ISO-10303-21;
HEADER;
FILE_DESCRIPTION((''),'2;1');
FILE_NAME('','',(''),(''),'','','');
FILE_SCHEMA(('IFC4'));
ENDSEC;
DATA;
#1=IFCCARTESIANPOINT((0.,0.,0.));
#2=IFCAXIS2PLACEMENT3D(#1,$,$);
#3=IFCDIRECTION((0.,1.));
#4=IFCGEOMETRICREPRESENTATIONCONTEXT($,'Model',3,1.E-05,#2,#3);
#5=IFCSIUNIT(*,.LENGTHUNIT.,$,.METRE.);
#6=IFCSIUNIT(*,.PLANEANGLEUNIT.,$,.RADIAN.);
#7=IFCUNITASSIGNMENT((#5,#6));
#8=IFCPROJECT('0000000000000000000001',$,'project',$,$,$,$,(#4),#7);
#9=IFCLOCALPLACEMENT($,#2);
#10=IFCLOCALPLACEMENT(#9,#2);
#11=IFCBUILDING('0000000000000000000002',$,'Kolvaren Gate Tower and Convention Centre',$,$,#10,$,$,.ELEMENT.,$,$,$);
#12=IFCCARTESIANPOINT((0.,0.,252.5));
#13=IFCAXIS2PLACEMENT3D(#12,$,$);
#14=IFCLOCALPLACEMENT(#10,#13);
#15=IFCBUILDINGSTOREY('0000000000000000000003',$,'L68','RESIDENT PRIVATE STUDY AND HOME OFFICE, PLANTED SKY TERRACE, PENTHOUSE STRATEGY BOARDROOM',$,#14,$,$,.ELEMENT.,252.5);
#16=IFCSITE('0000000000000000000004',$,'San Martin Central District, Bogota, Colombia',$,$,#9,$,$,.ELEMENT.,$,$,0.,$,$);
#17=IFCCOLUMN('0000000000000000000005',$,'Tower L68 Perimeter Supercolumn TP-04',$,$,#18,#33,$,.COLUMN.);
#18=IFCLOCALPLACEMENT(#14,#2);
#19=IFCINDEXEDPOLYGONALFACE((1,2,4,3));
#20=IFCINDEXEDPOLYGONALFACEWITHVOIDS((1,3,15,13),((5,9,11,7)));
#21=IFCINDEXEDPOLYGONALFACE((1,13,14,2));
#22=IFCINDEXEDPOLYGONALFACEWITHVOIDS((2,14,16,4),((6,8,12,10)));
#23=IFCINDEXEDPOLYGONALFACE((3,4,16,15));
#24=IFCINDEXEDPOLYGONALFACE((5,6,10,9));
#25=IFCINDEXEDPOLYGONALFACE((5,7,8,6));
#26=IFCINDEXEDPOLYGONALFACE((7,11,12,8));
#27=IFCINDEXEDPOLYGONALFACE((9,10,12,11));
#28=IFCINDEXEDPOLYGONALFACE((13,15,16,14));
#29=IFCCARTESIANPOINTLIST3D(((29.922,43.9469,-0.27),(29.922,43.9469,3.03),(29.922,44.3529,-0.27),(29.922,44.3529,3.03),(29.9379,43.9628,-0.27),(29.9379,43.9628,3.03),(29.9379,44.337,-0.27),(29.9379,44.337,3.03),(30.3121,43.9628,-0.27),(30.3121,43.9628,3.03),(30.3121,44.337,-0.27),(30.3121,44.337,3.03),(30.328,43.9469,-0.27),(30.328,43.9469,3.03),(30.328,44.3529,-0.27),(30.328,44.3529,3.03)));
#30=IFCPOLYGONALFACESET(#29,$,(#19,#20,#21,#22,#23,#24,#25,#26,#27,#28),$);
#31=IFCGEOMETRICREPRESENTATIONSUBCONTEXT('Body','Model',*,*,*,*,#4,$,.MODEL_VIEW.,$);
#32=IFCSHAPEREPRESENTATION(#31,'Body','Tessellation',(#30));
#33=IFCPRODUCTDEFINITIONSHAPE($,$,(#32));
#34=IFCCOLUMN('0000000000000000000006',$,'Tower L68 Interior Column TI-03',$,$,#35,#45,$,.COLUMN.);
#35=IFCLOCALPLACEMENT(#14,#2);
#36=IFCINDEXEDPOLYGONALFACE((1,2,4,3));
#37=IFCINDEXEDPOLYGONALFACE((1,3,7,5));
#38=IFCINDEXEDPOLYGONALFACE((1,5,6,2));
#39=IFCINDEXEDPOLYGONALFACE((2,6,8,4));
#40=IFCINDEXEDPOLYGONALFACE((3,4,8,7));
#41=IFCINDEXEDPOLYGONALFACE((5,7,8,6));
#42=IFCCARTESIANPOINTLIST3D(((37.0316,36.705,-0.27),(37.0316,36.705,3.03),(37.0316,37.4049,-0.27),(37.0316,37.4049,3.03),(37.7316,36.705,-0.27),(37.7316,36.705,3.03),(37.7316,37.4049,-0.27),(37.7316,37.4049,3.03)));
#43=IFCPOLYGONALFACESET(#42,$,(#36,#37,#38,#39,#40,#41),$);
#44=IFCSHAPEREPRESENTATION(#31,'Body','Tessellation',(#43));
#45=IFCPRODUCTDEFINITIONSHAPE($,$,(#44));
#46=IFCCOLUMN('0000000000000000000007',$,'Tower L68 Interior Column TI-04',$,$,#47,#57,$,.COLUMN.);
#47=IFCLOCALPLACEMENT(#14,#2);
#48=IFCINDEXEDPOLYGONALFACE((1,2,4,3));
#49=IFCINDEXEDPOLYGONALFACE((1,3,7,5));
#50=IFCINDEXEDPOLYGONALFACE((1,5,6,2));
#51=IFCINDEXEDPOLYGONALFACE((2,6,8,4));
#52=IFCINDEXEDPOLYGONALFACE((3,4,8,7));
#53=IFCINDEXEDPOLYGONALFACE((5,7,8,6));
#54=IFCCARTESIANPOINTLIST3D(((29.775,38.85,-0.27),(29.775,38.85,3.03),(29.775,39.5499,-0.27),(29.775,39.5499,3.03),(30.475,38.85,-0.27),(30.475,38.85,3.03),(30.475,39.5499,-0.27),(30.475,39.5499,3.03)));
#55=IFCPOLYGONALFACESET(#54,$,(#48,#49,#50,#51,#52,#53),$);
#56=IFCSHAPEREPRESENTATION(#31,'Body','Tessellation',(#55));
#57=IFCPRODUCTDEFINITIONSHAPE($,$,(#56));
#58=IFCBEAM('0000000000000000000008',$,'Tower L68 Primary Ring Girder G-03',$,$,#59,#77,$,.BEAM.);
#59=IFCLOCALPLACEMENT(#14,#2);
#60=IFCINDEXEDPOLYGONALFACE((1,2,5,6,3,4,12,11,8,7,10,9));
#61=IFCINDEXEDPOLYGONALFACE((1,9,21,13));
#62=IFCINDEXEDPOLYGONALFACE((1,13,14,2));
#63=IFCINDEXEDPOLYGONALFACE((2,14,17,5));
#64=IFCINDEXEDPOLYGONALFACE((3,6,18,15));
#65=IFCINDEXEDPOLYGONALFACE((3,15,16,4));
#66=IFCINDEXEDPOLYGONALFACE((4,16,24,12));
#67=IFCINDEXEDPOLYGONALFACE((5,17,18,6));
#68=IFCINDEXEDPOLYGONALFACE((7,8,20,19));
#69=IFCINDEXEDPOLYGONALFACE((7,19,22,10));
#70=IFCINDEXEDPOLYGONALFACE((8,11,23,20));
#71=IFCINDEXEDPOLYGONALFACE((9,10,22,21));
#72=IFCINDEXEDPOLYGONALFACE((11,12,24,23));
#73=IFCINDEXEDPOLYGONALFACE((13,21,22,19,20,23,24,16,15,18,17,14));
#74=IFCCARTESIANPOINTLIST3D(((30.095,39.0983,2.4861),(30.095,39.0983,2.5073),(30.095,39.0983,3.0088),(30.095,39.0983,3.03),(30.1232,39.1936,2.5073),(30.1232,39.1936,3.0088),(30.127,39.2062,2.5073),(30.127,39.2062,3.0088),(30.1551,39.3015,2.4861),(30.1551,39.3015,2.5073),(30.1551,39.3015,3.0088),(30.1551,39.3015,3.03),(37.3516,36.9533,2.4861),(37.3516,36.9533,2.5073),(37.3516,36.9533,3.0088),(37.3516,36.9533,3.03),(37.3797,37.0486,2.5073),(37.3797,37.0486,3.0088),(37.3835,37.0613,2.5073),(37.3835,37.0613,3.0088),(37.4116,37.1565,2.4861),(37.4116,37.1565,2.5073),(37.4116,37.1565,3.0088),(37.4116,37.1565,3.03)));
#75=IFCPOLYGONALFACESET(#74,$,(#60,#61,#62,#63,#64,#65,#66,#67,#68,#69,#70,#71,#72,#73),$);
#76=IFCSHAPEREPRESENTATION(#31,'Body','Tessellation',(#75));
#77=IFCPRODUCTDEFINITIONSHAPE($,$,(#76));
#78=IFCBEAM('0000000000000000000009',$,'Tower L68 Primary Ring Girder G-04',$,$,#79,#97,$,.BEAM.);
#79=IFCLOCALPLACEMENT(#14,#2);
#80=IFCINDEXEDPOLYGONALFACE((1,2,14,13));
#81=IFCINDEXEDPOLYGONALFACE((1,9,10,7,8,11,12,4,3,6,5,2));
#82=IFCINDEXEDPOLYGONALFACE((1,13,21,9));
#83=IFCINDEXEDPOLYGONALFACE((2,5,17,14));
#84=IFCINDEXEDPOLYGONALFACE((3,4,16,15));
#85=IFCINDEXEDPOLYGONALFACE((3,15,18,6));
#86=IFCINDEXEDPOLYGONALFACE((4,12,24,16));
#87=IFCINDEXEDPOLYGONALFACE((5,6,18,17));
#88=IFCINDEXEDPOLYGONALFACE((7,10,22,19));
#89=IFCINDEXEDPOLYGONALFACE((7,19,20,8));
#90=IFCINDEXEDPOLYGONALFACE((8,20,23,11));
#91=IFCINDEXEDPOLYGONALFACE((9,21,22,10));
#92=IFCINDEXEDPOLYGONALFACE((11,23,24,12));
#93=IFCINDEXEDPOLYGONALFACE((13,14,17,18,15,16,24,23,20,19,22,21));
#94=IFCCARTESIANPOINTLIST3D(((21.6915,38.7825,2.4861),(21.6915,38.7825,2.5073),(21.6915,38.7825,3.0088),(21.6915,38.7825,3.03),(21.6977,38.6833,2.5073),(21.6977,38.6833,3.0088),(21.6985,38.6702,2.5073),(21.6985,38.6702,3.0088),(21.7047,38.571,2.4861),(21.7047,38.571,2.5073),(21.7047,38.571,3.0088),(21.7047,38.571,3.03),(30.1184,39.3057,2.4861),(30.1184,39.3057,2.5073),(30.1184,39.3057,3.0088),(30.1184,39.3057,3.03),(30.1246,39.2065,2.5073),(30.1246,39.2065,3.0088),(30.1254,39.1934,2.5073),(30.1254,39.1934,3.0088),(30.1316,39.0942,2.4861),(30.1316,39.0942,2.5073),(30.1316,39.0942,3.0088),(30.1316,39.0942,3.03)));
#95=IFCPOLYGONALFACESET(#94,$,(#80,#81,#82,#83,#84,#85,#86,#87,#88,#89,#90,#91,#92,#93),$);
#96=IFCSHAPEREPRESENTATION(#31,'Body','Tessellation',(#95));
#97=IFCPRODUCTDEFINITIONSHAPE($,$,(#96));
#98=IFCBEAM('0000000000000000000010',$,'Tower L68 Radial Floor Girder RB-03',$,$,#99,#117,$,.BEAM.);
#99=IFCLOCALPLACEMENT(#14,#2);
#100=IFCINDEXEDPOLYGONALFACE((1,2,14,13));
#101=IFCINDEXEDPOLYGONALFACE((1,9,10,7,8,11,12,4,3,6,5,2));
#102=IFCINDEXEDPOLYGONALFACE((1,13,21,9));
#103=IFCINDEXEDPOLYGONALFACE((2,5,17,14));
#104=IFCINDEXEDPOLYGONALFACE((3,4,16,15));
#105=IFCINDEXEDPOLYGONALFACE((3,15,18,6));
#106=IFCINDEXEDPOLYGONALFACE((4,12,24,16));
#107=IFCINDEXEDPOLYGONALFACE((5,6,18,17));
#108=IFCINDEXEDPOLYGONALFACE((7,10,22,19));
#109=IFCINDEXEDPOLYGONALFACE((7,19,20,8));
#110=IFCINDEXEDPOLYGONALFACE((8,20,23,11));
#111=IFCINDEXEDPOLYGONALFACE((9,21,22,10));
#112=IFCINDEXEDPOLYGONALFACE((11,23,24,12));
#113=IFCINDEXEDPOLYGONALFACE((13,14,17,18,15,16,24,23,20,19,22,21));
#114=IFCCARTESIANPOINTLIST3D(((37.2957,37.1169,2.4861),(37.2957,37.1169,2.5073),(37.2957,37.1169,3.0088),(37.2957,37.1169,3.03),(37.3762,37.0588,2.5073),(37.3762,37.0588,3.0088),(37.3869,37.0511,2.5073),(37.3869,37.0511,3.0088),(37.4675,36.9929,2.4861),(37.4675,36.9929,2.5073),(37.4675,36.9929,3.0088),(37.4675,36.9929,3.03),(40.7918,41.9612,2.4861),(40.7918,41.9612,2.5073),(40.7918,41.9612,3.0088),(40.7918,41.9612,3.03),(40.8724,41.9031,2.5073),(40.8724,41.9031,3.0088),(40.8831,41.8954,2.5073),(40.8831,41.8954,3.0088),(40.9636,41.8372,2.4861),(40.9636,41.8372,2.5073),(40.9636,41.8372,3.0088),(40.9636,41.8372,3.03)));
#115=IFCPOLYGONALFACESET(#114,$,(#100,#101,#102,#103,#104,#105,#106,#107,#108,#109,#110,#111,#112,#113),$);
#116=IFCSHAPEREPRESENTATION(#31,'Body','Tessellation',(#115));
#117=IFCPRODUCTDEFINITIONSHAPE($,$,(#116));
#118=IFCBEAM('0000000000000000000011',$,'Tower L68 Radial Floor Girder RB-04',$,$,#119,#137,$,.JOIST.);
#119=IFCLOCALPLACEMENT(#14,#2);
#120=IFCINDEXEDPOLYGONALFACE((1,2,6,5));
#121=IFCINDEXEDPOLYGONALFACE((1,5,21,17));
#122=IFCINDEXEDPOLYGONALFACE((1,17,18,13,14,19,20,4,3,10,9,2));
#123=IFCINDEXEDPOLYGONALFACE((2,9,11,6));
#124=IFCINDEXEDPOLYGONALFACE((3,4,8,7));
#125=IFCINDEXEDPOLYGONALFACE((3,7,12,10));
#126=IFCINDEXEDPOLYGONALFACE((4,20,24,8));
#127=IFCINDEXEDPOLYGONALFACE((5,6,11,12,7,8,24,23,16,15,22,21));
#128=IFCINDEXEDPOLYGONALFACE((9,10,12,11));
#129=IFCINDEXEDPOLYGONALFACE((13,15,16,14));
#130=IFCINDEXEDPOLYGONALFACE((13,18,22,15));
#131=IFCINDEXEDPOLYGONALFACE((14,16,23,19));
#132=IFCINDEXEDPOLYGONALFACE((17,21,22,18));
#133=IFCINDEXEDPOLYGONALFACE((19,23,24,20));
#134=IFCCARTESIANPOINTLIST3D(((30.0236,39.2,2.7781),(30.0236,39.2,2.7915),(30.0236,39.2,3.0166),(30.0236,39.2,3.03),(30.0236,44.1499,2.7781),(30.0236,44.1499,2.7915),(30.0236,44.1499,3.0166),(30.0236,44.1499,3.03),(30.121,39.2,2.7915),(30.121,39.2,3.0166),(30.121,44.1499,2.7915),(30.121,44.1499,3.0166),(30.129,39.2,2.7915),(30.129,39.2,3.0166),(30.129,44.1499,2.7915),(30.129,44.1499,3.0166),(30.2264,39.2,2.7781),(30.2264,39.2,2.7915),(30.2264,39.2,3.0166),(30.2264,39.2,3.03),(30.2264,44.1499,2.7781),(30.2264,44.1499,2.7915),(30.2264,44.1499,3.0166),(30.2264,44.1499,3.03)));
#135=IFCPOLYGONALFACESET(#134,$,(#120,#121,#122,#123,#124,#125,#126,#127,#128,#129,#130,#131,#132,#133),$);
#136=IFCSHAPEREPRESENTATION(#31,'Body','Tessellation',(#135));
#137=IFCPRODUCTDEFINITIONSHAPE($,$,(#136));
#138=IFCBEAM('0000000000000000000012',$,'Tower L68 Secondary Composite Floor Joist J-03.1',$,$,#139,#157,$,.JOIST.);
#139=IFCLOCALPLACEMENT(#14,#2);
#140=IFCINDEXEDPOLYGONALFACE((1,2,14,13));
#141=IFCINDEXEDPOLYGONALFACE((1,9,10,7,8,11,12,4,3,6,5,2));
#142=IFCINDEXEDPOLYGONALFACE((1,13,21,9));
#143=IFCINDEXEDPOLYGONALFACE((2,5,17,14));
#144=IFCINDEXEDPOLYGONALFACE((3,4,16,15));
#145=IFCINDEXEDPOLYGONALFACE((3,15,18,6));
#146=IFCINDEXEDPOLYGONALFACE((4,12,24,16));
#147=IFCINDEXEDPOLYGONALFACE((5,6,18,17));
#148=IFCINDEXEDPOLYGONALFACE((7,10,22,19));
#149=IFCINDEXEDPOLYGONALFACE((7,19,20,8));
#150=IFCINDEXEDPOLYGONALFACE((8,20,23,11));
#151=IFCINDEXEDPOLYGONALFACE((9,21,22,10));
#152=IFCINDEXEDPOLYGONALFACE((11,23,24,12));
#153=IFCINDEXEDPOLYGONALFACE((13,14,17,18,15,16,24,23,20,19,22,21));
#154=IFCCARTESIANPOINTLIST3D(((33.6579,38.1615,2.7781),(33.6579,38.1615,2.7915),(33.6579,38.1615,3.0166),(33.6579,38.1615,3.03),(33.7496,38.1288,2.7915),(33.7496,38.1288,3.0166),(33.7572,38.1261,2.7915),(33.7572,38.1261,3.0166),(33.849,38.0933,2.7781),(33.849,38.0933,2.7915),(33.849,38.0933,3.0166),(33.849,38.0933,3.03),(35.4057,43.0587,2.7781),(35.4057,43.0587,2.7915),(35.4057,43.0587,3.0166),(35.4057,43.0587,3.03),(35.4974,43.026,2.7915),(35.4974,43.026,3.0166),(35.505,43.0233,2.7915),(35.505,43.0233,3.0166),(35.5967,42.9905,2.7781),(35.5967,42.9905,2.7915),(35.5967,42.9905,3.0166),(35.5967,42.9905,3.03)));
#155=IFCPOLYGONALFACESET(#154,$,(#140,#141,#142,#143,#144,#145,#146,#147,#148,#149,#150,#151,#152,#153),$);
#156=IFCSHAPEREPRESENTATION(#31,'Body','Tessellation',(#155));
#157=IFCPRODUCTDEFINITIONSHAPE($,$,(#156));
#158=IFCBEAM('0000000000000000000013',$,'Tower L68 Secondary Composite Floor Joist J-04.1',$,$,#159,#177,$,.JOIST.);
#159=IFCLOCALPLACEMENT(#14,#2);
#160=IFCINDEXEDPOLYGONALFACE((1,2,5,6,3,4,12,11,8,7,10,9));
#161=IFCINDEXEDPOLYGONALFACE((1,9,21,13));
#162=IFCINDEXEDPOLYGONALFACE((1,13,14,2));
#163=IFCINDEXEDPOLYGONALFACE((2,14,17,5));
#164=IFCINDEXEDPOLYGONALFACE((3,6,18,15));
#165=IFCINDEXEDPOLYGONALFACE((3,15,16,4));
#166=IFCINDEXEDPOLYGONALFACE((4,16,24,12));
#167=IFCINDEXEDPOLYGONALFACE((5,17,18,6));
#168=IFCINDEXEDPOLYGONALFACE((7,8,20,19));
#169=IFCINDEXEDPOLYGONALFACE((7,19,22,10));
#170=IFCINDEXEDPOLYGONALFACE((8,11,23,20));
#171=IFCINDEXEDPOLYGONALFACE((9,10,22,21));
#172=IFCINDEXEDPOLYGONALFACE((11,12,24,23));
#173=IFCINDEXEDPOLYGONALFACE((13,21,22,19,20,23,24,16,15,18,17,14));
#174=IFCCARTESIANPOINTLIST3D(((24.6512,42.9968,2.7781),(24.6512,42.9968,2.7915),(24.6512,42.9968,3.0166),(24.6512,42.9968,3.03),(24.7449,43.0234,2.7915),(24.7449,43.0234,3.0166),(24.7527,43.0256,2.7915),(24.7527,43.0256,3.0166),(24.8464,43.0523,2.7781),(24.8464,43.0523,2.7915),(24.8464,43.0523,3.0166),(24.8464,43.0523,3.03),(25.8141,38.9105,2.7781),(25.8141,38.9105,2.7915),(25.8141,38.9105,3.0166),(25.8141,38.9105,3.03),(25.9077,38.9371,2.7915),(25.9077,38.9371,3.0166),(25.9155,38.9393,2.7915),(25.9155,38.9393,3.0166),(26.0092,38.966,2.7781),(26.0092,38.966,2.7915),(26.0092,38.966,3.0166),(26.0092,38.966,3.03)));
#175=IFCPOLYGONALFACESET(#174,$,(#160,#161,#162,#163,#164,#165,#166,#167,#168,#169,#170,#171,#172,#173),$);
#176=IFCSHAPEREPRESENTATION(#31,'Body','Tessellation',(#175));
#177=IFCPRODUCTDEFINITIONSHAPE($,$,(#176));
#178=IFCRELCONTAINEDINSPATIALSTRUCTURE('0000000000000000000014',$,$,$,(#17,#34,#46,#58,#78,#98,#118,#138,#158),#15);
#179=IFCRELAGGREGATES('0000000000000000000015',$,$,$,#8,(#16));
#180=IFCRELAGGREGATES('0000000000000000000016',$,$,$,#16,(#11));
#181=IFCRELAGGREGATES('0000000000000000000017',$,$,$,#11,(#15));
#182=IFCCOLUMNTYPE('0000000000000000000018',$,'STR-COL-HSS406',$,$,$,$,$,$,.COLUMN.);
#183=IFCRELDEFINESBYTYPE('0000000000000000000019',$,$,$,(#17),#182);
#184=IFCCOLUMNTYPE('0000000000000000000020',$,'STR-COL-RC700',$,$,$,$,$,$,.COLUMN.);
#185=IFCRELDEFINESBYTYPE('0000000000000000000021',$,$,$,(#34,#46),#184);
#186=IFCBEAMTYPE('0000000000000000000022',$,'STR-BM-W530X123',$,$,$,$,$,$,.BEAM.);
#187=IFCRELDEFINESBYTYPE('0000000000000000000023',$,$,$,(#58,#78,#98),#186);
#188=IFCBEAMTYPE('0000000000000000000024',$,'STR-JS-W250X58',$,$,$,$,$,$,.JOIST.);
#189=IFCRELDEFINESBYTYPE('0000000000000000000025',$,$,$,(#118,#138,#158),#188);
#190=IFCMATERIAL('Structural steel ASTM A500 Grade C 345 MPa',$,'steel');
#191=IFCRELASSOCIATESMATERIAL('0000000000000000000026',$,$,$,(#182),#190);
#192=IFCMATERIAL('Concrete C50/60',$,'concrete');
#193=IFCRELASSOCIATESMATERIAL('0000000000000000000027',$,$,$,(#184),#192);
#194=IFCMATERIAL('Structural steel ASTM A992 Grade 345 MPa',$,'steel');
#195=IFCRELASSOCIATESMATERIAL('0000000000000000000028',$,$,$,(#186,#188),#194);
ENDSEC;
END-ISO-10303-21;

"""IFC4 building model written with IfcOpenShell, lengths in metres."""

from ifc_helpers import new_model, si_unit, direction, frame, origin, origin_2d, place, context, subcontext, project, spatial, rectangle, hollow_rectangle, i_section, extrude, material, material_profile, profile_set, type_object, element, save


model = new_model("IFC4")

# Units and contexts
model_context = context("Model", 3, precision=1e-05, world=origin(), true_north=direction((0.0, 1.0)))
body_context = subcontext(model_context, "Body", "Model", "MODEL_VIEW")
ifc_project = project(units=[si_unit("LENGTHUNIT", "METRE"), si_unit("PLANEANGLEUNIT", "RADIAN")], contexts=[model_context])

# Site, building, storey
site_placement = place(None, origin())
site = spatial("IfcSite", under=ifc_project, at=site_placement, Name="San Martin Central District, Bogota, Colombia", CompositionType="ELEMENT", RefElevation=0.0)
building_placement = place(site_placement, origin())
building = spatial("IfcBuilding", under=site, at=building_placement, Name="Kolvaren Gate Tower and Convention Centre", CompositionType="ELEMENT")
storey_placement = place(building_placement, frame((0.0, 0.0, 252.5)))
storey = spatial("IfcBuildingStorey", under=building, at=storey_placement, Name="L68", Description="RESIDENT PRIVATE STUDY AND HOME OFFICE, PLANTED SKY TERRACE, PENTHOUSE STRATEGY BOARDROOM", CompositionType="ELEMENT", Elevation=252.5)

# Columns
ifc_material_1 = material(Name="Structural steel ASTM A500 Grade C 345 MPa", Category="steel")
ifc_material_profile_1 = material_profile(ifc_material_1, hollow_rectangle(XDim=0.406, YDim=0.406, WallThickness=0.0159, at=origin_2d()), Name="HSS406X406X15.9")
ifc_profile_set_1 = profile_set([ifc_material_profile_1], Name="Structural steel ASTM A500 Grade C 345 MPa")
column_type_1 = type_object("IfcColumnType", Name="STR-COL-HSS406", PredefinedType="COLUMN", material=ifc_profile_set_1)
column_placement = place(storey_placement, frame((30.125, 44.1499, -0.27), z_axis=(0.0, 0.0, 1.0), x_axis=(1.0, 0.0, 0.0)))
element("IfcColumn", 1, at=column_placement, inside=storey, type_object=column_type_1, Name="Tower L68 Perimeter Supercolumn TP-04", PredefinedType="COLUMN", context=body_context, shape_type="SweptSolid", body=[
    extrude(hollow_rectangle(XDim=0.406, YDim=0.406, WallThickness=0.0159, at=origin_2d()), origin(), (0.0, 0.0, 1.0), 3.3),
])
ifc_material_2 = material(Name="Concrete C50/60", Category="concrete")
ifc_material_profile_2 = material_profile(ifc_material_2, rectangle(XDim=0.7, YDim=0.7, at=origin_2d()), Name="RC-COL-700X700")
ifc_profile_set_2 = profile_set([ifc_material_profile_2], Name="Concrete C50/60")
column_type_2 = type_object("IfcColumnType", Name="STR-COL-RC700", PredefinedType="COLUMN", material=ifc_profile_set_2)
for number, where, z_axis, x_axis, name in (
    (2, (37.3816, 37.0549, -0.27), (0.0, 0.0, 1.0), (1.0, 0.0, 0.0), "Tower L68 Interior Column TI-03"),
    (3, (30.125, 39.2, -0.27), (0.0, 0.0, 1.0), (1.0, 0.0, 0.0), "Tower L68 Interior Column TI-04"),
):
    element("IfcColumn", number, at=place(storey_placement, frame(where, z_axis=z_axis, x_axis=x_axis)), inside=storey, type_object=column_type_2, Name=name, PredefinedType="COLUMN", context=body_context, shape_type="SweptSolid", body=[
        extrude(rectangle(XDim=0.7, YDim=0.7, at=origin_2d()), origin(), (0.0, 0.0, 1.0), 3.3),
    ])

# Beams
ifc_material_3 = material(Name="Structural steel ASTM A992 Grade 345 MPa", Category="steel")
ifc_material_profile_3 = material_profile(ifc_material_3, i_section(OverallWidth=0.2119, OverallDepth=0.5439, WebThickness=0.0132, FlangeThickness=0.0212, at=origin_2d()), Name="W530X123")
ifc_profile_set_3 = profile_set([ifc_material_profile_3], Name="Structural steel ASTM A992 Grade 345 MPa")
beam_type_1 = type_object("IfcBeamType", Name="STR-BM-W530X123", PredefinedType="BEAM", material=ifc_profile_set_3)
beam_1_placement = place(storey_placement, frame((37.3816, 37.0549, 2.7581), z_axis=(-0.958981, 0.283471, 0.0), x_axis=(-0.283471, -0.958981, 0.0)))
element("IfcBeam", 4, at=beam_1_placement, inside=storey, type_object=beam_type_1, Name="Tower L68 Primary Ring Girder G-03", PredefinedType="BEAM", context=body_context, shape_type="SweptSolid", body=[
    extrude(i_section(OverallWidth=0.2119, OverallDepth=0.5439, WebThickness=0.0132, FlangeThickness=0.0212, at=origin_2d()), origin(), (0.0, 0.0, 1.0), 7.5669),
])
beam_2_placement = place(storey_placement, frame((30.125, 39.2, 2.7581), z_axis=(-0.998078, -0.061966, 0.0), x_axis=(0.061966, -0.998078, 0.0)))
element("IfcBeam", 5, at=beam_2_placement, inside=storey, type_object=beam_type_1, Name="Tower L68 Primary Ring Girder G-04", PredefinedType="BEAM", context=body_context, shape_type="SweptSolid", body=[
    extrude(i_section(OverallWidth=0.2119, OverallDepth=0.5439, WebThickness=0.0132, FlangeThickness=0.0212, at=origin_2d()), origin(), (0.0, 0.0, 1.0), 8.4431),
])
beam_3_placement = place(storey_placement, frame((37.3816, 37.0549, 2.7581), z_axis=(0.585213, 0.81088, 0.0), x_axis=(-0.81088, 0.585213, 0.0)))
element("IfcBeam", 6, at=beam_3_placement, inside=storey, type_object=beam_type_1, Name="Tower L68 Radial Floor Girder RB-03", PredefinedType="BEAM", context=body_context, shape_type="SweptSolid", body=[
    extrude(i_section(OverallWidth=0.2119, OverallDepth=0.5439, WebThickness=0.0132, FlangeThickness=0.0212, at=origin_2d()), origin(), (0.0, 0.0, 1.0), 5.9741),
])
ifc_material_profile_4 = material_profile(ifc_material_3, i_section(OverallWidth=0.2029, OverallDepth=0.252, WebThickness=0.0081, FlangeThickness=0.0134, at=origin_2d()), Name="W250X58")
ifc_profile_set_4 = profile_set([ifc_material_profile_4], Name="Structural steel ASTM A992 Grade 345 MPa")
beam_type_2 = type_object("IfcBeamType", Name="STR-JS-W250X58", PredefinedType="JOIST", material=ifc_profile_set_4)
beam_4_placement = place(storey_placement, frame((30.125, 39.2, 2.9041), z_axis=(0.0, 1.0, 0.0), x_axis=(-1.0, 0.0, 0.0)))
element("IfcBeam", 7, at=beam_4_placement, inside=storey, type_object=beam_type_2, Name="Tower L68 Radial Floor Girder RB-04", PredefinedType="JOIST", context=body_context, shape_type="SweptSolid", body=[
    extrude(i_section(OverallWidth=0.2029, OverallDepth=0.252, WebThickness=0.0081, FlangeThickness=0.0134, at=origin_2d()), origin(), (0.0, 0.0, 1.0), 4.95),
])
beam_5_placement = place(storey_placement, frame((33.7534, 38.1274, 2.9041), z_axis=(0.336131, 0.941815, 0.0), x_axis=(-0.941815, 0.336131, 0.0)))
element("IfcBeam", 8, at=beam_5_placement, inside=storey, type_object=beam_type_2, Name="Tower L68 Secondary Composite Floor Joist J-03.1", PredefinedType="JOIST", context=body_context, shape_type="SweptSolid", body=[
    extrude(i_section(OverallWidth=0.2029, OverallDepth=0.252, WebThickness=0.0081, FlangeThickness=0.0134, at=origin_2d()), origin(), (0.0, 0.0, 1.0), 5.1997),
])
beam_6_placement = place(storey_placement, frame((25.9116, 38.9382, 2.9041), z_axis=(-0.273696, 0.961816, 0.0), x_axis=(-0.961816, -0.273696, 0.0)))
element("IfcBeam", 9, at=beam_6_placement, inside=storey, type_object=beam_type_2, Name="Tower L68 Secondary Composite Floor Joist J-04.1", PredefinedType="JOIST", context=body_context, shape_type="SweptSolid", body=[
    extrude(i_section(OverallWidth=0.2029, OverallDepth=0.252, WebThickness=0.0081, FlangeThickness=0.0134, at=origin_2d()), origin(), (0.0, 0.0, 1.0), 4.2485),
])

save(model, "model.ifc")
